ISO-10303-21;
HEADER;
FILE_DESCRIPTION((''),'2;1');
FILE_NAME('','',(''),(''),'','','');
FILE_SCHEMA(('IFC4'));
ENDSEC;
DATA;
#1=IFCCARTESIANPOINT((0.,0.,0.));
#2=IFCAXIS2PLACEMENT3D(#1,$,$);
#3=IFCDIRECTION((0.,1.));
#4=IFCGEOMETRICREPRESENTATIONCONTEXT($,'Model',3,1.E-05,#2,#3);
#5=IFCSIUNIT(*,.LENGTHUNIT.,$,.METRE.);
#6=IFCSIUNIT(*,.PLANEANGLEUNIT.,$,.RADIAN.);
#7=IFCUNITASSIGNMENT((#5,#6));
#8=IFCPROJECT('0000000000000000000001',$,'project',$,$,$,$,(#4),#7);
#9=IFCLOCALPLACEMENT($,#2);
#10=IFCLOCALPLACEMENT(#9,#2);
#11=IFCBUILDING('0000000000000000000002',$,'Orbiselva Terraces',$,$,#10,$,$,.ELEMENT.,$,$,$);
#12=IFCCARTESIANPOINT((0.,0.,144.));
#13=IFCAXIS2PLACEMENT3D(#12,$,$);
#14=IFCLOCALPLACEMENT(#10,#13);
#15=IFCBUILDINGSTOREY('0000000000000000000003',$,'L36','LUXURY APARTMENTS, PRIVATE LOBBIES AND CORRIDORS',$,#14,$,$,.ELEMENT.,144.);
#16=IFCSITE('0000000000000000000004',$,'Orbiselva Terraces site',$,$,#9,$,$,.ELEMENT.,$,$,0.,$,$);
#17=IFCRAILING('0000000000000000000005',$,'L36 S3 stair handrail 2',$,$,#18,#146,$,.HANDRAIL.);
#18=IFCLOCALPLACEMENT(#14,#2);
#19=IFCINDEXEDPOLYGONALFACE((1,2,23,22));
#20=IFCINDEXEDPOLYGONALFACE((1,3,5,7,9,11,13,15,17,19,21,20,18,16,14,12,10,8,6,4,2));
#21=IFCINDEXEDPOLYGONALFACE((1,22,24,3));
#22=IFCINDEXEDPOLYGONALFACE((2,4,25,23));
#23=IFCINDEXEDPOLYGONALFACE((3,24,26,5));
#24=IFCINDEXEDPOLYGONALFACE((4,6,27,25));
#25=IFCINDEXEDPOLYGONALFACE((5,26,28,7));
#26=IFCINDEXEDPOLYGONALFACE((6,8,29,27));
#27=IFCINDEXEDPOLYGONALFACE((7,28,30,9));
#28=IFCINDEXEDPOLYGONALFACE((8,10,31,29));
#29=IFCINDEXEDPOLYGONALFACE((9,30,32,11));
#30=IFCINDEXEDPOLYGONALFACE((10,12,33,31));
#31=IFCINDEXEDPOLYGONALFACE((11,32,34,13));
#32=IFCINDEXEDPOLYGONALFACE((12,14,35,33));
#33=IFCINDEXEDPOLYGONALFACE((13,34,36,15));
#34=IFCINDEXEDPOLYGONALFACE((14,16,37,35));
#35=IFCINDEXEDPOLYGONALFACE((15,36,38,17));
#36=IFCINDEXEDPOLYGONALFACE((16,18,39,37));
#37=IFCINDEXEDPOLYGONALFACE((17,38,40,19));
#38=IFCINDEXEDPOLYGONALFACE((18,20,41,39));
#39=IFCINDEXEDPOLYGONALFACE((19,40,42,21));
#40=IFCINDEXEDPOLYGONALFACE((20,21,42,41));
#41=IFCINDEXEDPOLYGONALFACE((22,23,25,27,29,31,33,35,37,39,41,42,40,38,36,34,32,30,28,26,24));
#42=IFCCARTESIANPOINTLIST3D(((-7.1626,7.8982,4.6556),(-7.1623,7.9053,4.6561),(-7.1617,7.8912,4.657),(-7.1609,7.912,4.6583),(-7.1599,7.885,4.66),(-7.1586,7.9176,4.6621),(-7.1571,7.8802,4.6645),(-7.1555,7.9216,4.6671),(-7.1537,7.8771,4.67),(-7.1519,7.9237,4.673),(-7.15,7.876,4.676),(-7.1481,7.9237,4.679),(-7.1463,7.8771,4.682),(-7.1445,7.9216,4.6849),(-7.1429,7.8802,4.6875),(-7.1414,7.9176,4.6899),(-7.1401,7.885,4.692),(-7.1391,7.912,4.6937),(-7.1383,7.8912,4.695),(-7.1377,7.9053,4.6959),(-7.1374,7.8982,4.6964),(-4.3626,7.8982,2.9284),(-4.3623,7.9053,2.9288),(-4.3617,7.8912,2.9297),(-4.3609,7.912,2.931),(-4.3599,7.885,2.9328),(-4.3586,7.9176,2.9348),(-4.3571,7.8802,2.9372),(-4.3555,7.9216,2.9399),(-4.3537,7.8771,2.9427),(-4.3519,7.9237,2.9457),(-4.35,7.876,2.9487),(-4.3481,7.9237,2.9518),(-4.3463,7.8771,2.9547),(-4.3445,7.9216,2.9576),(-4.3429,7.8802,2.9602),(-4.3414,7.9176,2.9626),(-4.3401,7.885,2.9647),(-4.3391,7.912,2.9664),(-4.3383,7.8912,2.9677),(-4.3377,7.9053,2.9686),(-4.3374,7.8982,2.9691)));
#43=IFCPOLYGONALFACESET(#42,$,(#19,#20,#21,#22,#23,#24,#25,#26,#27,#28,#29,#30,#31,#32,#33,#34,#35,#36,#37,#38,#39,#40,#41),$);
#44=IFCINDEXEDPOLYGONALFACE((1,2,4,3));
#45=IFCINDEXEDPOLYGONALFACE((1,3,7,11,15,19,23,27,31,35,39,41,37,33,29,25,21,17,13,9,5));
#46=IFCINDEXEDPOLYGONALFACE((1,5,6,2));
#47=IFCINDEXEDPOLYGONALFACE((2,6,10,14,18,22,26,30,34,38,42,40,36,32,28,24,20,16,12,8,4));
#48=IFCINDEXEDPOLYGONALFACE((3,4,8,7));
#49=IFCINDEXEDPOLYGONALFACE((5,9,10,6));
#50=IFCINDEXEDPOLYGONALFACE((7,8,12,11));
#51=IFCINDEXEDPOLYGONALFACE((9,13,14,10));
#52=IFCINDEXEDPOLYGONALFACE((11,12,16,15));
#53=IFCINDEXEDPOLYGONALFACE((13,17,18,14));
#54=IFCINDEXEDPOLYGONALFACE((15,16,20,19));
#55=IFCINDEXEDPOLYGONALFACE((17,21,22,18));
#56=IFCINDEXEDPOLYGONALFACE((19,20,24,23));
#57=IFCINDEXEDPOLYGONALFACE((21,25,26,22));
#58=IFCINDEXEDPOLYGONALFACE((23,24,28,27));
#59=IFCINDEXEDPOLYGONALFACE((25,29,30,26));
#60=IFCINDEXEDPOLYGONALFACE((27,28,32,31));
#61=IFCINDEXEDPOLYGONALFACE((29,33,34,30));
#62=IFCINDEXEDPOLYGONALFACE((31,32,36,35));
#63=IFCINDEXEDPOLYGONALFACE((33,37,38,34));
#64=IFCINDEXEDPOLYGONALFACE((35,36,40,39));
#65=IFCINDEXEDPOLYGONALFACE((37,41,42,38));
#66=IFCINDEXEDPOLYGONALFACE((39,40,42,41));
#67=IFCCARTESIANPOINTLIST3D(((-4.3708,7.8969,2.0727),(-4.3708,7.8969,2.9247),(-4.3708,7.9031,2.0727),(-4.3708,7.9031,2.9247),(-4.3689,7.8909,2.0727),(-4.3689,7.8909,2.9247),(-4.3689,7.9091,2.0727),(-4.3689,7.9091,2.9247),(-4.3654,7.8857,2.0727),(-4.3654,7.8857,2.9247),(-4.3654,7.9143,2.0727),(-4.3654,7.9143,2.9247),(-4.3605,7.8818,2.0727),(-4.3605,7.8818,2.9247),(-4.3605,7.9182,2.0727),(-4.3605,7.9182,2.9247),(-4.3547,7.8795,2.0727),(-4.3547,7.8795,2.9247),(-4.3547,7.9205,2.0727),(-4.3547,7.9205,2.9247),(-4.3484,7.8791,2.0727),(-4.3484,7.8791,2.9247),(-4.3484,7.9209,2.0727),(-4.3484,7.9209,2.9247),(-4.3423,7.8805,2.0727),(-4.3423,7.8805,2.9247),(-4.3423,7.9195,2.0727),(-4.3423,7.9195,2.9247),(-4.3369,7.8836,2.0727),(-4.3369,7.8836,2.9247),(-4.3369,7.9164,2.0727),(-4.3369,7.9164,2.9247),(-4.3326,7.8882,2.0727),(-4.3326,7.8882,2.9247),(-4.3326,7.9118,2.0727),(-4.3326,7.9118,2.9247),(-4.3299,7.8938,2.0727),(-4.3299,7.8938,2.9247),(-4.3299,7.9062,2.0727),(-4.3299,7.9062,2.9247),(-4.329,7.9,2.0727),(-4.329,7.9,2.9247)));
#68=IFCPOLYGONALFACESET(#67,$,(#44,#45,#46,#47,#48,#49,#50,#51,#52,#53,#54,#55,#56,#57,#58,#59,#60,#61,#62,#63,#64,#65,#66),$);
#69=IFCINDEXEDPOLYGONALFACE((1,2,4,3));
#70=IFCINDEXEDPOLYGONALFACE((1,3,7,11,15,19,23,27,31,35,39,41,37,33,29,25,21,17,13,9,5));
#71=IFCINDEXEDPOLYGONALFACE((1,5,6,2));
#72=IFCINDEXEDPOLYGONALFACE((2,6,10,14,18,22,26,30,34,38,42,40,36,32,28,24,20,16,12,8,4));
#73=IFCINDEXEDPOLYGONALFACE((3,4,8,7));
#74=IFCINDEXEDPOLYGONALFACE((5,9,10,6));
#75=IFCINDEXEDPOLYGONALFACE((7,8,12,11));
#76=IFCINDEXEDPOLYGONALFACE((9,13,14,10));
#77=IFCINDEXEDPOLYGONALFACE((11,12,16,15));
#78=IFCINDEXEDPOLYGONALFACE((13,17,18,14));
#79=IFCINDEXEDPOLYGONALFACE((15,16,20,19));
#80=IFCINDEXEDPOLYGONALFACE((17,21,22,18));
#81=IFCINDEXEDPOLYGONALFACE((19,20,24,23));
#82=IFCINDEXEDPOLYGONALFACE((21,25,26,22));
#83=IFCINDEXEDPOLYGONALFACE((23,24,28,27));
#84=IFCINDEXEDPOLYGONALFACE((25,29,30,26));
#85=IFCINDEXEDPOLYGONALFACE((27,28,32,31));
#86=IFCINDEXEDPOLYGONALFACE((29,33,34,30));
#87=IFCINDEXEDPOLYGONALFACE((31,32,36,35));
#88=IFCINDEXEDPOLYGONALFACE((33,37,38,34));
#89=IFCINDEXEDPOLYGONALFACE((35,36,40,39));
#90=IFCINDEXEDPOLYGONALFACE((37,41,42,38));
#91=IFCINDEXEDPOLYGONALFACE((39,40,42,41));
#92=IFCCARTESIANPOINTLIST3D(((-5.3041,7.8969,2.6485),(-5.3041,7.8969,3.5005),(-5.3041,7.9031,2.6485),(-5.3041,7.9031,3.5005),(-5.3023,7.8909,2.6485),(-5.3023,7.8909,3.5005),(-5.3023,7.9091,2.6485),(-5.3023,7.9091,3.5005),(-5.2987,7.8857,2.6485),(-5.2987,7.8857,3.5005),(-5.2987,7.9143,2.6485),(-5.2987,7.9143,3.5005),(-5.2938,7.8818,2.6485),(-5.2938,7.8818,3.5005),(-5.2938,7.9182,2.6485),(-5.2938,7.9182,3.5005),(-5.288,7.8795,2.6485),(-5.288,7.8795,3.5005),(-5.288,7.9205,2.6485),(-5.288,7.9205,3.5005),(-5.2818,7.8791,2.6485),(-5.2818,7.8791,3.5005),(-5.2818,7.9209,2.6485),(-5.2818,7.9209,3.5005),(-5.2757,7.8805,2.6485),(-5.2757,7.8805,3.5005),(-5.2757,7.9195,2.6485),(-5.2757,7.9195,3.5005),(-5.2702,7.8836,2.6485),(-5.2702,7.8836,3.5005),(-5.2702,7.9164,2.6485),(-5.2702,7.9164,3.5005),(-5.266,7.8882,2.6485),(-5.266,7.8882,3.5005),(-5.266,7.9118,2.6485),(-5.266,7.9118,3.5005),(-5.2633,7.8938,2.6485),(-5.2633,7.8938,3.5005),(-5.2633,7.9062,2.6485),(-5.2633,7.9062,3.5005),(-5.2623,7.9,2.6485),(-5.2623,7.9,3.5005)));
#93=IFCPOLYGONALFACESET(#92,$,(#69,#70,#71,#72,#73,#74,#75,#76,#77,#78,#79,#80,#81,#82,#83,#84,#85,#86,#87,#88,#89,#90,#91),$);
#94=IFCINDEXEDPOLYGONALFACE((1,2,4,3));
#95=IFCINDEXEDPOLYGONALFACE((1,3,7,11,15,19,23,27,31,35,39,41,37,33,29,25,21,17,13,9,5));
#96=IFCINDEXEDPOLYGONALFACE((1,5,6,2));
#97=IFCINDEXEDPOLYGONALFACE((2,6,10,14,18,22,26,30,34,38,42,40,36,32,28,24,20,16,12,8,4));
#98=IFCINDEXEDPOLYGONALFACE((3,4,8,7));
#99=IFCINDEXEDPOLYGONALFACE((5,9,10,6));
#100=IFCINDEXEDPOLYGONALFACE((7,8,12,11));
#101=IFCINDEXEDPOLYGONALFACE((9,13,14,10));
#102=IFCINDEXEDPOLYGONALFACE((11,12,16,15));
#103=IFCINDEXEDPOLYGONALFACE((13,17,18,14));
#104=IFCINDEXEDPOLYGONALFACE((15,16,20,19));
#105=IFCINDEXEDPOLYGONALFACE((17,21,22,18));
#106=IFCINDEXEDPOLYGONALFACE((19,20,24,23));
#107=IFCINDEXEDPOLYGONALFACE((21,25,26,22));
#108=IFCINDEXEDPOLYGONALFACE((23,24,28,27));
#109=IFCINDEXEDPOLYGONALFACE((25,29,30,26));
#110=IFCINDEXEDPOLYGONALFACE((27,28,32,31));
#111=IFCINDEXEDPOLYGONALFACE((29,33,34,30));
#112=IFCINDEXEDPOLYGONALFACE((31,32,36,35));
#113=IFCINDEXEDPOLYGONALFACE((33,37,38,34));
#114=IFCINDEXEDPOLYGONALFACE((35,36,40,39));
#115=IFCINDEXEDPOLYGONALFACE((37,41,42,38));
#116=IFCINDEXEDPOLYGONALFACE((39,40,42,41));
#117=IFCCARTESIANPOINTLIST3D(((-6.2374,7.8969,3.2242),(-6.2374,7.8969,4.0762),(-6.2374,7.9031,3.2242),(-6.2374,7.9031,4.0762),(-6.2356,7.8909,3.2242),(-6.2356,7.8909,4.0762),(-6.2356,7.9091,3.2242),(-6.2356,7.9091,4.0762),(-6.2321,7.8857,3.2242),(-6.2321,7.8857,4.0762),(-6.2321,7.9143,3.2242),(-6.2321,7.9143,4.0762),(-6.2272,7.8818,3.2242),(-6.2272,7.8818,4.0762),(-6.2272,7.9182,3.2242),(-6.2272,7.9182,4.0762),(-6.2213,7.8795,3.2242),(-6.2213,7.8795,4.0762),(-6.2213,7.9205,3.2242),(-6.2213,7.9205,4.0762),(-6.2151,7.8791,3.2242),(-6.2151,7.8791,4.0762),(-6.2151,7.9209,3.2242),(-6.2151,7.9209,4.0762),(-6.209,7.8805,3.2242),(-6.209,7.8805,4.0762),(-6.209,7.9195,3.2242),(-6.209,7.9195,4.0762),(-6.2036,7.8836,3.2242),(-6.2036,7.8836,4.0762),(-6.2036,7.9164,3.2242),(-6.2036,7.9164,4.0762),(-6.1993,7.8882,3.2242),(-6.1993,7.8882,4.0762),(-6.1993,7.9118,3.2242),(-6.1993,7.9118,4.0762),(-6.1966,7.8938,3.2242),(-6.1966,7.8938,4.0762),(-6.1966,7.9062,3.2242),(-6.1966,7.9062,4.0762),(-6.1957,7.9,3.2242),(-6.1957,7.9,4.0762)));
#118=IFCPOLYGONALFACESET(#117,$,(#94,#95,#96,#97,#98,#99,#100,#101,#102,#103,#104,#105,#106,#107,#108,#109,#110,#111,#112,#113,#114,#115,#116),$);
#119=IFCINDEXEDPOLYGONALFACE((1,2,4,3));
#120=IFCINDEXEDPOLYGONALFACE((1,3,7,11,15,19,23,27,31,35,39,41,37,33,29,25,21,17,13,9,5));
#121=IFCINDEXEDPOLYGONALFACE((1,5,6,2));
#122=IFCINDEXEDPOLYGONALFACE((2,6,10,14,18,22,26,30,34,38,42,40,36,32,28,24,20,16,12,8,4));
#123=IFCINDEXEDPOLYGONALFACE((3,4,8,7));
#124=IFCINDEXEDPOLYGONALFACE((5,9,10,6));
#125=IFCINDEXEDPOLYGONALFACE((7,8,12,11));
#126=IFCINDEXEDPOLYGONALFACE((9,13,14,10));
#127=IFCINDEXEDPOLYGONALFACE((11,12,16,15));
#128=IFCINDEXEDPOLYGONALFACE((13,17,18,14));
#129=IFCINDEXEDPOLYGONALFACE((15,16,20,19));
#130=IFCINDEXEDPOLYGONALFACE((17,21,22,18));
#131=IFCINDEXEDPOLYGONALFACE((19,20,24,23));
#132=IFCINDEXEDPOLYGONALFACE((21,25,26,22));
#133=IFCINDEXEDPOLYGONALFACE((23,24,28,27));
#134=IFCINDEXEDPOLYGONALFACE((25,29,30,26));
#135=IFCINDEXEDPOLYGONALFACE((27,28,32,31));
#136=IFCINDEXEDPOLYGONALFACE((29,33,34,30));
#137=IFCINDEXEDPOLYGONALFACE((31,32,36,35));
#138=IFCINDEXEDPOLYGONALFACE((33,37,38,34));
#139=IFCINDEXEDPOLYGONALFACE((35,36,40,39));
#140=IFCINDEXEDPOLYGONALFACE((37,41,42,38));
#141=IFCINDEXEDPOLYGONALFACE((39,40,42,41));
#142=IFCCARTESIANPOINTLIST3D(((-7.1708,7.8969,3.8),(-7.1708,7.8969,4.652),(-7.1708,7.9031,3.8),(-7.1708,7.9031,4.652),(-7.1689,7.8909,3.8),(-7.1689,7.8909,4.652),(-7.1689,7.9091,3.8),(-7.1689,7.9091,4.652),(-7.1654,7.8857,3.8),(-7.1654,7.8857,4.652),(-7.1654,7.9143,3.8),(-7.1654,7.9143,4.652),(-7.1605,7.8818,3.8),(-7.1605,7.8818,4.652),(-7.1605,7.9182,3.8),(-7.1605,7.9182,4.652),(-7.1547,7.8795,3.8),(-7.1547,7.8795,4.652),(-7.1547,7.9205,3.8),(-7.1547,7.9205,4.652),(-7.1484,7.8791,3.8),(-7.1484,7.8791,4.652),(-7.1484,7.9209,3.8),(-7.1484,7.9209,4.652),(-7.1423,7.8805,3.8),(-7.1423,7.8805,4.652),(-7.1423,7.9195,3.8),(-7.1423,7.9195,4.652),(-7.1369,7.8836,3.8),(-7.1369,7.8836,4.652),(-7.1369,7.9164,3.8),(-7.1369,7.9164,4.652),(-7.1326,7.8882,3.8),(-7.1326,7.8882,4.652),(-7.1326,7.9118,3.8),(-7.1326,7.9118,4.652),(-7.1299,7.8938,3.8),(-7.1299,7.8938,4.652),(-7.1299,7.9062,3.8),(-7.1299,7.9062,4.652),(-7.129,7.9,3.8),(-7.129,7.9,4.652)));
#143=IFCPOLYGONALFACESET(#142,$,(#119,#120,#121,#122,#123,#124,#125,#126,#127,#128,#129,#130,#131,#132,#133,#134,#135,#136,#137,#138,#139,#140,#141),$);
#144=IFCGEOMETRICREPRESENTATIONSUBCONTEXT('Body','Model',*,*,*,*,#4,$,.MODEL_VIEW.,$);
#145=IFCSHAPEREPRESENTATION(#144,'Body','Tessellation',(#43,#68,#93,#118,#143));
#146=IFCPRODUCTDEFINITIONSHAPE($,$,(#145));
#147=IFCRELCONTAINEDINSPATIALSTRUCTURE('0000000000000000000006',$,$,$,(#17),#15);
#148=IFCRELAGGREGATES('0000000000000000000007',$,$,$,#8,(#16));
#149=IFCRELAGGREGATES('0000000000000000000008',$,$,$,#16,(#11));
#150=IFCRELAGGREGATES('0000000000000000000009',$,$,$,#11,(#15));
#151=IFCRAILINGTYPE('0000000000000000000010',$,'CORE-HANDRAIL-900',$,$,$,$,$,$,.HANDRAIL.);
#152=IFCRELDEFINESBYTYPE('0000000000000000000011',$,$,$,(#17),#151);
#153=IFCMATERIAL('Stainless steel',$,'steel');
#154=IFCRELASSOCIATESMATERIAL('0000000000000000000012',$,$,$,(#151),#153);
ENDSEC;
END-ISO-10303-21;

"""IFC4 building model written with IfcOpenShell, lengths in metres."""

from ifc_helpers import new_model, si_unit, direction, frame, origin, origin_2d, place, context, subcontext, project, spatial, circle, extrude, material, type_object, element, save


model = new_model("IFC4")

# Units and contexts
model_context = context("Model", 3, precision=1e-05, world=origin(), true_north=direction((0.0, 1.0)))
body_context = subcontext(model_context, "Body", "Model", "MODEL_VIEW")
ifc_project = project(units=[si_unit("LENGTHUNIT", "METRE"), si_unit("PLANEANGLEUNIT", "RADIAN")], contexts=[model_context])

# Site, building, storey
site_placement = place(None, origin())
site = spatial("IfcSite", under=ifc_project, at=site_placement, Name="Orbiselva Terraces site", CompositionType="ELEMENT", RefElevation=0.0)
building_placement = place(site_placement, origin())
building = spatial("IfcBuilding", under=site, at=building_placement, Name="Orbiselva Terraces", CompositionType="ELEMENT")
storey_placement = place(building_placement, frame((0.0, 0.0, 144.0)))
storey = spatial("IfcBuildingStorey", under=building, at=storey_placement, Name="L36", Description="LUXURY APARTMENTS, PRIVATE LOBBIES AND CORRIDORS", CompositionType="ELEMENT", Elevation=144.0)

# Railing
ifc_material_1 = material(Name="Stainless steel", Category="steel")
railing_type_1 = type_object("IfcRailingType", Name="CORE-HANDRAIL-900", PredefinedType="HANDRAIL", material=ifc_material_1)
railing_1_placement = place(storey_placement, frame((-4.35, 7.9, 2.0727)))
element("IfcRailing", 1, at=railing_1_placement, inside=storey, type_object=railing_type_1, Name="L36 S3 stair handrail 2", PredefinedType="HANDRAIL", context=body_context, shape_type="SweptSolid", body=[
    extrude(circle(Radius=0.024, at=origin_2d()), frame((0.0, 0.0, 0.876), z_axis=(-0.851089, 0.0, 0.525022), x_axis=(0.0, -1.0, 0.0)), (0.0, 0.0, 1.0), 3.2899),
    extrude(circle(Radius=0.021, at=origin_2d()), origin(), (0.0, 0.0, 1.0), 0.852),
    extrude(circle(Radius=0.021, at=origin_2d()), frame((-0.9333, 0.0, 0.5758)), (0.0, 0.0, 1.0), 0.852),
    extrude(circle(Radius=0.021, at=origin_2d()), frame((-1.8667, 0.0, 1.1515)), (0.0, 0.0, 1.0), 0.852),
    extrude(circle(Radius=0.021, at=origin_2d()), frame((-2.8, 0.0, 1.7273)), (0.0, 0.0, 1.0), 0.852),
])

save(model, "model.ifc")
